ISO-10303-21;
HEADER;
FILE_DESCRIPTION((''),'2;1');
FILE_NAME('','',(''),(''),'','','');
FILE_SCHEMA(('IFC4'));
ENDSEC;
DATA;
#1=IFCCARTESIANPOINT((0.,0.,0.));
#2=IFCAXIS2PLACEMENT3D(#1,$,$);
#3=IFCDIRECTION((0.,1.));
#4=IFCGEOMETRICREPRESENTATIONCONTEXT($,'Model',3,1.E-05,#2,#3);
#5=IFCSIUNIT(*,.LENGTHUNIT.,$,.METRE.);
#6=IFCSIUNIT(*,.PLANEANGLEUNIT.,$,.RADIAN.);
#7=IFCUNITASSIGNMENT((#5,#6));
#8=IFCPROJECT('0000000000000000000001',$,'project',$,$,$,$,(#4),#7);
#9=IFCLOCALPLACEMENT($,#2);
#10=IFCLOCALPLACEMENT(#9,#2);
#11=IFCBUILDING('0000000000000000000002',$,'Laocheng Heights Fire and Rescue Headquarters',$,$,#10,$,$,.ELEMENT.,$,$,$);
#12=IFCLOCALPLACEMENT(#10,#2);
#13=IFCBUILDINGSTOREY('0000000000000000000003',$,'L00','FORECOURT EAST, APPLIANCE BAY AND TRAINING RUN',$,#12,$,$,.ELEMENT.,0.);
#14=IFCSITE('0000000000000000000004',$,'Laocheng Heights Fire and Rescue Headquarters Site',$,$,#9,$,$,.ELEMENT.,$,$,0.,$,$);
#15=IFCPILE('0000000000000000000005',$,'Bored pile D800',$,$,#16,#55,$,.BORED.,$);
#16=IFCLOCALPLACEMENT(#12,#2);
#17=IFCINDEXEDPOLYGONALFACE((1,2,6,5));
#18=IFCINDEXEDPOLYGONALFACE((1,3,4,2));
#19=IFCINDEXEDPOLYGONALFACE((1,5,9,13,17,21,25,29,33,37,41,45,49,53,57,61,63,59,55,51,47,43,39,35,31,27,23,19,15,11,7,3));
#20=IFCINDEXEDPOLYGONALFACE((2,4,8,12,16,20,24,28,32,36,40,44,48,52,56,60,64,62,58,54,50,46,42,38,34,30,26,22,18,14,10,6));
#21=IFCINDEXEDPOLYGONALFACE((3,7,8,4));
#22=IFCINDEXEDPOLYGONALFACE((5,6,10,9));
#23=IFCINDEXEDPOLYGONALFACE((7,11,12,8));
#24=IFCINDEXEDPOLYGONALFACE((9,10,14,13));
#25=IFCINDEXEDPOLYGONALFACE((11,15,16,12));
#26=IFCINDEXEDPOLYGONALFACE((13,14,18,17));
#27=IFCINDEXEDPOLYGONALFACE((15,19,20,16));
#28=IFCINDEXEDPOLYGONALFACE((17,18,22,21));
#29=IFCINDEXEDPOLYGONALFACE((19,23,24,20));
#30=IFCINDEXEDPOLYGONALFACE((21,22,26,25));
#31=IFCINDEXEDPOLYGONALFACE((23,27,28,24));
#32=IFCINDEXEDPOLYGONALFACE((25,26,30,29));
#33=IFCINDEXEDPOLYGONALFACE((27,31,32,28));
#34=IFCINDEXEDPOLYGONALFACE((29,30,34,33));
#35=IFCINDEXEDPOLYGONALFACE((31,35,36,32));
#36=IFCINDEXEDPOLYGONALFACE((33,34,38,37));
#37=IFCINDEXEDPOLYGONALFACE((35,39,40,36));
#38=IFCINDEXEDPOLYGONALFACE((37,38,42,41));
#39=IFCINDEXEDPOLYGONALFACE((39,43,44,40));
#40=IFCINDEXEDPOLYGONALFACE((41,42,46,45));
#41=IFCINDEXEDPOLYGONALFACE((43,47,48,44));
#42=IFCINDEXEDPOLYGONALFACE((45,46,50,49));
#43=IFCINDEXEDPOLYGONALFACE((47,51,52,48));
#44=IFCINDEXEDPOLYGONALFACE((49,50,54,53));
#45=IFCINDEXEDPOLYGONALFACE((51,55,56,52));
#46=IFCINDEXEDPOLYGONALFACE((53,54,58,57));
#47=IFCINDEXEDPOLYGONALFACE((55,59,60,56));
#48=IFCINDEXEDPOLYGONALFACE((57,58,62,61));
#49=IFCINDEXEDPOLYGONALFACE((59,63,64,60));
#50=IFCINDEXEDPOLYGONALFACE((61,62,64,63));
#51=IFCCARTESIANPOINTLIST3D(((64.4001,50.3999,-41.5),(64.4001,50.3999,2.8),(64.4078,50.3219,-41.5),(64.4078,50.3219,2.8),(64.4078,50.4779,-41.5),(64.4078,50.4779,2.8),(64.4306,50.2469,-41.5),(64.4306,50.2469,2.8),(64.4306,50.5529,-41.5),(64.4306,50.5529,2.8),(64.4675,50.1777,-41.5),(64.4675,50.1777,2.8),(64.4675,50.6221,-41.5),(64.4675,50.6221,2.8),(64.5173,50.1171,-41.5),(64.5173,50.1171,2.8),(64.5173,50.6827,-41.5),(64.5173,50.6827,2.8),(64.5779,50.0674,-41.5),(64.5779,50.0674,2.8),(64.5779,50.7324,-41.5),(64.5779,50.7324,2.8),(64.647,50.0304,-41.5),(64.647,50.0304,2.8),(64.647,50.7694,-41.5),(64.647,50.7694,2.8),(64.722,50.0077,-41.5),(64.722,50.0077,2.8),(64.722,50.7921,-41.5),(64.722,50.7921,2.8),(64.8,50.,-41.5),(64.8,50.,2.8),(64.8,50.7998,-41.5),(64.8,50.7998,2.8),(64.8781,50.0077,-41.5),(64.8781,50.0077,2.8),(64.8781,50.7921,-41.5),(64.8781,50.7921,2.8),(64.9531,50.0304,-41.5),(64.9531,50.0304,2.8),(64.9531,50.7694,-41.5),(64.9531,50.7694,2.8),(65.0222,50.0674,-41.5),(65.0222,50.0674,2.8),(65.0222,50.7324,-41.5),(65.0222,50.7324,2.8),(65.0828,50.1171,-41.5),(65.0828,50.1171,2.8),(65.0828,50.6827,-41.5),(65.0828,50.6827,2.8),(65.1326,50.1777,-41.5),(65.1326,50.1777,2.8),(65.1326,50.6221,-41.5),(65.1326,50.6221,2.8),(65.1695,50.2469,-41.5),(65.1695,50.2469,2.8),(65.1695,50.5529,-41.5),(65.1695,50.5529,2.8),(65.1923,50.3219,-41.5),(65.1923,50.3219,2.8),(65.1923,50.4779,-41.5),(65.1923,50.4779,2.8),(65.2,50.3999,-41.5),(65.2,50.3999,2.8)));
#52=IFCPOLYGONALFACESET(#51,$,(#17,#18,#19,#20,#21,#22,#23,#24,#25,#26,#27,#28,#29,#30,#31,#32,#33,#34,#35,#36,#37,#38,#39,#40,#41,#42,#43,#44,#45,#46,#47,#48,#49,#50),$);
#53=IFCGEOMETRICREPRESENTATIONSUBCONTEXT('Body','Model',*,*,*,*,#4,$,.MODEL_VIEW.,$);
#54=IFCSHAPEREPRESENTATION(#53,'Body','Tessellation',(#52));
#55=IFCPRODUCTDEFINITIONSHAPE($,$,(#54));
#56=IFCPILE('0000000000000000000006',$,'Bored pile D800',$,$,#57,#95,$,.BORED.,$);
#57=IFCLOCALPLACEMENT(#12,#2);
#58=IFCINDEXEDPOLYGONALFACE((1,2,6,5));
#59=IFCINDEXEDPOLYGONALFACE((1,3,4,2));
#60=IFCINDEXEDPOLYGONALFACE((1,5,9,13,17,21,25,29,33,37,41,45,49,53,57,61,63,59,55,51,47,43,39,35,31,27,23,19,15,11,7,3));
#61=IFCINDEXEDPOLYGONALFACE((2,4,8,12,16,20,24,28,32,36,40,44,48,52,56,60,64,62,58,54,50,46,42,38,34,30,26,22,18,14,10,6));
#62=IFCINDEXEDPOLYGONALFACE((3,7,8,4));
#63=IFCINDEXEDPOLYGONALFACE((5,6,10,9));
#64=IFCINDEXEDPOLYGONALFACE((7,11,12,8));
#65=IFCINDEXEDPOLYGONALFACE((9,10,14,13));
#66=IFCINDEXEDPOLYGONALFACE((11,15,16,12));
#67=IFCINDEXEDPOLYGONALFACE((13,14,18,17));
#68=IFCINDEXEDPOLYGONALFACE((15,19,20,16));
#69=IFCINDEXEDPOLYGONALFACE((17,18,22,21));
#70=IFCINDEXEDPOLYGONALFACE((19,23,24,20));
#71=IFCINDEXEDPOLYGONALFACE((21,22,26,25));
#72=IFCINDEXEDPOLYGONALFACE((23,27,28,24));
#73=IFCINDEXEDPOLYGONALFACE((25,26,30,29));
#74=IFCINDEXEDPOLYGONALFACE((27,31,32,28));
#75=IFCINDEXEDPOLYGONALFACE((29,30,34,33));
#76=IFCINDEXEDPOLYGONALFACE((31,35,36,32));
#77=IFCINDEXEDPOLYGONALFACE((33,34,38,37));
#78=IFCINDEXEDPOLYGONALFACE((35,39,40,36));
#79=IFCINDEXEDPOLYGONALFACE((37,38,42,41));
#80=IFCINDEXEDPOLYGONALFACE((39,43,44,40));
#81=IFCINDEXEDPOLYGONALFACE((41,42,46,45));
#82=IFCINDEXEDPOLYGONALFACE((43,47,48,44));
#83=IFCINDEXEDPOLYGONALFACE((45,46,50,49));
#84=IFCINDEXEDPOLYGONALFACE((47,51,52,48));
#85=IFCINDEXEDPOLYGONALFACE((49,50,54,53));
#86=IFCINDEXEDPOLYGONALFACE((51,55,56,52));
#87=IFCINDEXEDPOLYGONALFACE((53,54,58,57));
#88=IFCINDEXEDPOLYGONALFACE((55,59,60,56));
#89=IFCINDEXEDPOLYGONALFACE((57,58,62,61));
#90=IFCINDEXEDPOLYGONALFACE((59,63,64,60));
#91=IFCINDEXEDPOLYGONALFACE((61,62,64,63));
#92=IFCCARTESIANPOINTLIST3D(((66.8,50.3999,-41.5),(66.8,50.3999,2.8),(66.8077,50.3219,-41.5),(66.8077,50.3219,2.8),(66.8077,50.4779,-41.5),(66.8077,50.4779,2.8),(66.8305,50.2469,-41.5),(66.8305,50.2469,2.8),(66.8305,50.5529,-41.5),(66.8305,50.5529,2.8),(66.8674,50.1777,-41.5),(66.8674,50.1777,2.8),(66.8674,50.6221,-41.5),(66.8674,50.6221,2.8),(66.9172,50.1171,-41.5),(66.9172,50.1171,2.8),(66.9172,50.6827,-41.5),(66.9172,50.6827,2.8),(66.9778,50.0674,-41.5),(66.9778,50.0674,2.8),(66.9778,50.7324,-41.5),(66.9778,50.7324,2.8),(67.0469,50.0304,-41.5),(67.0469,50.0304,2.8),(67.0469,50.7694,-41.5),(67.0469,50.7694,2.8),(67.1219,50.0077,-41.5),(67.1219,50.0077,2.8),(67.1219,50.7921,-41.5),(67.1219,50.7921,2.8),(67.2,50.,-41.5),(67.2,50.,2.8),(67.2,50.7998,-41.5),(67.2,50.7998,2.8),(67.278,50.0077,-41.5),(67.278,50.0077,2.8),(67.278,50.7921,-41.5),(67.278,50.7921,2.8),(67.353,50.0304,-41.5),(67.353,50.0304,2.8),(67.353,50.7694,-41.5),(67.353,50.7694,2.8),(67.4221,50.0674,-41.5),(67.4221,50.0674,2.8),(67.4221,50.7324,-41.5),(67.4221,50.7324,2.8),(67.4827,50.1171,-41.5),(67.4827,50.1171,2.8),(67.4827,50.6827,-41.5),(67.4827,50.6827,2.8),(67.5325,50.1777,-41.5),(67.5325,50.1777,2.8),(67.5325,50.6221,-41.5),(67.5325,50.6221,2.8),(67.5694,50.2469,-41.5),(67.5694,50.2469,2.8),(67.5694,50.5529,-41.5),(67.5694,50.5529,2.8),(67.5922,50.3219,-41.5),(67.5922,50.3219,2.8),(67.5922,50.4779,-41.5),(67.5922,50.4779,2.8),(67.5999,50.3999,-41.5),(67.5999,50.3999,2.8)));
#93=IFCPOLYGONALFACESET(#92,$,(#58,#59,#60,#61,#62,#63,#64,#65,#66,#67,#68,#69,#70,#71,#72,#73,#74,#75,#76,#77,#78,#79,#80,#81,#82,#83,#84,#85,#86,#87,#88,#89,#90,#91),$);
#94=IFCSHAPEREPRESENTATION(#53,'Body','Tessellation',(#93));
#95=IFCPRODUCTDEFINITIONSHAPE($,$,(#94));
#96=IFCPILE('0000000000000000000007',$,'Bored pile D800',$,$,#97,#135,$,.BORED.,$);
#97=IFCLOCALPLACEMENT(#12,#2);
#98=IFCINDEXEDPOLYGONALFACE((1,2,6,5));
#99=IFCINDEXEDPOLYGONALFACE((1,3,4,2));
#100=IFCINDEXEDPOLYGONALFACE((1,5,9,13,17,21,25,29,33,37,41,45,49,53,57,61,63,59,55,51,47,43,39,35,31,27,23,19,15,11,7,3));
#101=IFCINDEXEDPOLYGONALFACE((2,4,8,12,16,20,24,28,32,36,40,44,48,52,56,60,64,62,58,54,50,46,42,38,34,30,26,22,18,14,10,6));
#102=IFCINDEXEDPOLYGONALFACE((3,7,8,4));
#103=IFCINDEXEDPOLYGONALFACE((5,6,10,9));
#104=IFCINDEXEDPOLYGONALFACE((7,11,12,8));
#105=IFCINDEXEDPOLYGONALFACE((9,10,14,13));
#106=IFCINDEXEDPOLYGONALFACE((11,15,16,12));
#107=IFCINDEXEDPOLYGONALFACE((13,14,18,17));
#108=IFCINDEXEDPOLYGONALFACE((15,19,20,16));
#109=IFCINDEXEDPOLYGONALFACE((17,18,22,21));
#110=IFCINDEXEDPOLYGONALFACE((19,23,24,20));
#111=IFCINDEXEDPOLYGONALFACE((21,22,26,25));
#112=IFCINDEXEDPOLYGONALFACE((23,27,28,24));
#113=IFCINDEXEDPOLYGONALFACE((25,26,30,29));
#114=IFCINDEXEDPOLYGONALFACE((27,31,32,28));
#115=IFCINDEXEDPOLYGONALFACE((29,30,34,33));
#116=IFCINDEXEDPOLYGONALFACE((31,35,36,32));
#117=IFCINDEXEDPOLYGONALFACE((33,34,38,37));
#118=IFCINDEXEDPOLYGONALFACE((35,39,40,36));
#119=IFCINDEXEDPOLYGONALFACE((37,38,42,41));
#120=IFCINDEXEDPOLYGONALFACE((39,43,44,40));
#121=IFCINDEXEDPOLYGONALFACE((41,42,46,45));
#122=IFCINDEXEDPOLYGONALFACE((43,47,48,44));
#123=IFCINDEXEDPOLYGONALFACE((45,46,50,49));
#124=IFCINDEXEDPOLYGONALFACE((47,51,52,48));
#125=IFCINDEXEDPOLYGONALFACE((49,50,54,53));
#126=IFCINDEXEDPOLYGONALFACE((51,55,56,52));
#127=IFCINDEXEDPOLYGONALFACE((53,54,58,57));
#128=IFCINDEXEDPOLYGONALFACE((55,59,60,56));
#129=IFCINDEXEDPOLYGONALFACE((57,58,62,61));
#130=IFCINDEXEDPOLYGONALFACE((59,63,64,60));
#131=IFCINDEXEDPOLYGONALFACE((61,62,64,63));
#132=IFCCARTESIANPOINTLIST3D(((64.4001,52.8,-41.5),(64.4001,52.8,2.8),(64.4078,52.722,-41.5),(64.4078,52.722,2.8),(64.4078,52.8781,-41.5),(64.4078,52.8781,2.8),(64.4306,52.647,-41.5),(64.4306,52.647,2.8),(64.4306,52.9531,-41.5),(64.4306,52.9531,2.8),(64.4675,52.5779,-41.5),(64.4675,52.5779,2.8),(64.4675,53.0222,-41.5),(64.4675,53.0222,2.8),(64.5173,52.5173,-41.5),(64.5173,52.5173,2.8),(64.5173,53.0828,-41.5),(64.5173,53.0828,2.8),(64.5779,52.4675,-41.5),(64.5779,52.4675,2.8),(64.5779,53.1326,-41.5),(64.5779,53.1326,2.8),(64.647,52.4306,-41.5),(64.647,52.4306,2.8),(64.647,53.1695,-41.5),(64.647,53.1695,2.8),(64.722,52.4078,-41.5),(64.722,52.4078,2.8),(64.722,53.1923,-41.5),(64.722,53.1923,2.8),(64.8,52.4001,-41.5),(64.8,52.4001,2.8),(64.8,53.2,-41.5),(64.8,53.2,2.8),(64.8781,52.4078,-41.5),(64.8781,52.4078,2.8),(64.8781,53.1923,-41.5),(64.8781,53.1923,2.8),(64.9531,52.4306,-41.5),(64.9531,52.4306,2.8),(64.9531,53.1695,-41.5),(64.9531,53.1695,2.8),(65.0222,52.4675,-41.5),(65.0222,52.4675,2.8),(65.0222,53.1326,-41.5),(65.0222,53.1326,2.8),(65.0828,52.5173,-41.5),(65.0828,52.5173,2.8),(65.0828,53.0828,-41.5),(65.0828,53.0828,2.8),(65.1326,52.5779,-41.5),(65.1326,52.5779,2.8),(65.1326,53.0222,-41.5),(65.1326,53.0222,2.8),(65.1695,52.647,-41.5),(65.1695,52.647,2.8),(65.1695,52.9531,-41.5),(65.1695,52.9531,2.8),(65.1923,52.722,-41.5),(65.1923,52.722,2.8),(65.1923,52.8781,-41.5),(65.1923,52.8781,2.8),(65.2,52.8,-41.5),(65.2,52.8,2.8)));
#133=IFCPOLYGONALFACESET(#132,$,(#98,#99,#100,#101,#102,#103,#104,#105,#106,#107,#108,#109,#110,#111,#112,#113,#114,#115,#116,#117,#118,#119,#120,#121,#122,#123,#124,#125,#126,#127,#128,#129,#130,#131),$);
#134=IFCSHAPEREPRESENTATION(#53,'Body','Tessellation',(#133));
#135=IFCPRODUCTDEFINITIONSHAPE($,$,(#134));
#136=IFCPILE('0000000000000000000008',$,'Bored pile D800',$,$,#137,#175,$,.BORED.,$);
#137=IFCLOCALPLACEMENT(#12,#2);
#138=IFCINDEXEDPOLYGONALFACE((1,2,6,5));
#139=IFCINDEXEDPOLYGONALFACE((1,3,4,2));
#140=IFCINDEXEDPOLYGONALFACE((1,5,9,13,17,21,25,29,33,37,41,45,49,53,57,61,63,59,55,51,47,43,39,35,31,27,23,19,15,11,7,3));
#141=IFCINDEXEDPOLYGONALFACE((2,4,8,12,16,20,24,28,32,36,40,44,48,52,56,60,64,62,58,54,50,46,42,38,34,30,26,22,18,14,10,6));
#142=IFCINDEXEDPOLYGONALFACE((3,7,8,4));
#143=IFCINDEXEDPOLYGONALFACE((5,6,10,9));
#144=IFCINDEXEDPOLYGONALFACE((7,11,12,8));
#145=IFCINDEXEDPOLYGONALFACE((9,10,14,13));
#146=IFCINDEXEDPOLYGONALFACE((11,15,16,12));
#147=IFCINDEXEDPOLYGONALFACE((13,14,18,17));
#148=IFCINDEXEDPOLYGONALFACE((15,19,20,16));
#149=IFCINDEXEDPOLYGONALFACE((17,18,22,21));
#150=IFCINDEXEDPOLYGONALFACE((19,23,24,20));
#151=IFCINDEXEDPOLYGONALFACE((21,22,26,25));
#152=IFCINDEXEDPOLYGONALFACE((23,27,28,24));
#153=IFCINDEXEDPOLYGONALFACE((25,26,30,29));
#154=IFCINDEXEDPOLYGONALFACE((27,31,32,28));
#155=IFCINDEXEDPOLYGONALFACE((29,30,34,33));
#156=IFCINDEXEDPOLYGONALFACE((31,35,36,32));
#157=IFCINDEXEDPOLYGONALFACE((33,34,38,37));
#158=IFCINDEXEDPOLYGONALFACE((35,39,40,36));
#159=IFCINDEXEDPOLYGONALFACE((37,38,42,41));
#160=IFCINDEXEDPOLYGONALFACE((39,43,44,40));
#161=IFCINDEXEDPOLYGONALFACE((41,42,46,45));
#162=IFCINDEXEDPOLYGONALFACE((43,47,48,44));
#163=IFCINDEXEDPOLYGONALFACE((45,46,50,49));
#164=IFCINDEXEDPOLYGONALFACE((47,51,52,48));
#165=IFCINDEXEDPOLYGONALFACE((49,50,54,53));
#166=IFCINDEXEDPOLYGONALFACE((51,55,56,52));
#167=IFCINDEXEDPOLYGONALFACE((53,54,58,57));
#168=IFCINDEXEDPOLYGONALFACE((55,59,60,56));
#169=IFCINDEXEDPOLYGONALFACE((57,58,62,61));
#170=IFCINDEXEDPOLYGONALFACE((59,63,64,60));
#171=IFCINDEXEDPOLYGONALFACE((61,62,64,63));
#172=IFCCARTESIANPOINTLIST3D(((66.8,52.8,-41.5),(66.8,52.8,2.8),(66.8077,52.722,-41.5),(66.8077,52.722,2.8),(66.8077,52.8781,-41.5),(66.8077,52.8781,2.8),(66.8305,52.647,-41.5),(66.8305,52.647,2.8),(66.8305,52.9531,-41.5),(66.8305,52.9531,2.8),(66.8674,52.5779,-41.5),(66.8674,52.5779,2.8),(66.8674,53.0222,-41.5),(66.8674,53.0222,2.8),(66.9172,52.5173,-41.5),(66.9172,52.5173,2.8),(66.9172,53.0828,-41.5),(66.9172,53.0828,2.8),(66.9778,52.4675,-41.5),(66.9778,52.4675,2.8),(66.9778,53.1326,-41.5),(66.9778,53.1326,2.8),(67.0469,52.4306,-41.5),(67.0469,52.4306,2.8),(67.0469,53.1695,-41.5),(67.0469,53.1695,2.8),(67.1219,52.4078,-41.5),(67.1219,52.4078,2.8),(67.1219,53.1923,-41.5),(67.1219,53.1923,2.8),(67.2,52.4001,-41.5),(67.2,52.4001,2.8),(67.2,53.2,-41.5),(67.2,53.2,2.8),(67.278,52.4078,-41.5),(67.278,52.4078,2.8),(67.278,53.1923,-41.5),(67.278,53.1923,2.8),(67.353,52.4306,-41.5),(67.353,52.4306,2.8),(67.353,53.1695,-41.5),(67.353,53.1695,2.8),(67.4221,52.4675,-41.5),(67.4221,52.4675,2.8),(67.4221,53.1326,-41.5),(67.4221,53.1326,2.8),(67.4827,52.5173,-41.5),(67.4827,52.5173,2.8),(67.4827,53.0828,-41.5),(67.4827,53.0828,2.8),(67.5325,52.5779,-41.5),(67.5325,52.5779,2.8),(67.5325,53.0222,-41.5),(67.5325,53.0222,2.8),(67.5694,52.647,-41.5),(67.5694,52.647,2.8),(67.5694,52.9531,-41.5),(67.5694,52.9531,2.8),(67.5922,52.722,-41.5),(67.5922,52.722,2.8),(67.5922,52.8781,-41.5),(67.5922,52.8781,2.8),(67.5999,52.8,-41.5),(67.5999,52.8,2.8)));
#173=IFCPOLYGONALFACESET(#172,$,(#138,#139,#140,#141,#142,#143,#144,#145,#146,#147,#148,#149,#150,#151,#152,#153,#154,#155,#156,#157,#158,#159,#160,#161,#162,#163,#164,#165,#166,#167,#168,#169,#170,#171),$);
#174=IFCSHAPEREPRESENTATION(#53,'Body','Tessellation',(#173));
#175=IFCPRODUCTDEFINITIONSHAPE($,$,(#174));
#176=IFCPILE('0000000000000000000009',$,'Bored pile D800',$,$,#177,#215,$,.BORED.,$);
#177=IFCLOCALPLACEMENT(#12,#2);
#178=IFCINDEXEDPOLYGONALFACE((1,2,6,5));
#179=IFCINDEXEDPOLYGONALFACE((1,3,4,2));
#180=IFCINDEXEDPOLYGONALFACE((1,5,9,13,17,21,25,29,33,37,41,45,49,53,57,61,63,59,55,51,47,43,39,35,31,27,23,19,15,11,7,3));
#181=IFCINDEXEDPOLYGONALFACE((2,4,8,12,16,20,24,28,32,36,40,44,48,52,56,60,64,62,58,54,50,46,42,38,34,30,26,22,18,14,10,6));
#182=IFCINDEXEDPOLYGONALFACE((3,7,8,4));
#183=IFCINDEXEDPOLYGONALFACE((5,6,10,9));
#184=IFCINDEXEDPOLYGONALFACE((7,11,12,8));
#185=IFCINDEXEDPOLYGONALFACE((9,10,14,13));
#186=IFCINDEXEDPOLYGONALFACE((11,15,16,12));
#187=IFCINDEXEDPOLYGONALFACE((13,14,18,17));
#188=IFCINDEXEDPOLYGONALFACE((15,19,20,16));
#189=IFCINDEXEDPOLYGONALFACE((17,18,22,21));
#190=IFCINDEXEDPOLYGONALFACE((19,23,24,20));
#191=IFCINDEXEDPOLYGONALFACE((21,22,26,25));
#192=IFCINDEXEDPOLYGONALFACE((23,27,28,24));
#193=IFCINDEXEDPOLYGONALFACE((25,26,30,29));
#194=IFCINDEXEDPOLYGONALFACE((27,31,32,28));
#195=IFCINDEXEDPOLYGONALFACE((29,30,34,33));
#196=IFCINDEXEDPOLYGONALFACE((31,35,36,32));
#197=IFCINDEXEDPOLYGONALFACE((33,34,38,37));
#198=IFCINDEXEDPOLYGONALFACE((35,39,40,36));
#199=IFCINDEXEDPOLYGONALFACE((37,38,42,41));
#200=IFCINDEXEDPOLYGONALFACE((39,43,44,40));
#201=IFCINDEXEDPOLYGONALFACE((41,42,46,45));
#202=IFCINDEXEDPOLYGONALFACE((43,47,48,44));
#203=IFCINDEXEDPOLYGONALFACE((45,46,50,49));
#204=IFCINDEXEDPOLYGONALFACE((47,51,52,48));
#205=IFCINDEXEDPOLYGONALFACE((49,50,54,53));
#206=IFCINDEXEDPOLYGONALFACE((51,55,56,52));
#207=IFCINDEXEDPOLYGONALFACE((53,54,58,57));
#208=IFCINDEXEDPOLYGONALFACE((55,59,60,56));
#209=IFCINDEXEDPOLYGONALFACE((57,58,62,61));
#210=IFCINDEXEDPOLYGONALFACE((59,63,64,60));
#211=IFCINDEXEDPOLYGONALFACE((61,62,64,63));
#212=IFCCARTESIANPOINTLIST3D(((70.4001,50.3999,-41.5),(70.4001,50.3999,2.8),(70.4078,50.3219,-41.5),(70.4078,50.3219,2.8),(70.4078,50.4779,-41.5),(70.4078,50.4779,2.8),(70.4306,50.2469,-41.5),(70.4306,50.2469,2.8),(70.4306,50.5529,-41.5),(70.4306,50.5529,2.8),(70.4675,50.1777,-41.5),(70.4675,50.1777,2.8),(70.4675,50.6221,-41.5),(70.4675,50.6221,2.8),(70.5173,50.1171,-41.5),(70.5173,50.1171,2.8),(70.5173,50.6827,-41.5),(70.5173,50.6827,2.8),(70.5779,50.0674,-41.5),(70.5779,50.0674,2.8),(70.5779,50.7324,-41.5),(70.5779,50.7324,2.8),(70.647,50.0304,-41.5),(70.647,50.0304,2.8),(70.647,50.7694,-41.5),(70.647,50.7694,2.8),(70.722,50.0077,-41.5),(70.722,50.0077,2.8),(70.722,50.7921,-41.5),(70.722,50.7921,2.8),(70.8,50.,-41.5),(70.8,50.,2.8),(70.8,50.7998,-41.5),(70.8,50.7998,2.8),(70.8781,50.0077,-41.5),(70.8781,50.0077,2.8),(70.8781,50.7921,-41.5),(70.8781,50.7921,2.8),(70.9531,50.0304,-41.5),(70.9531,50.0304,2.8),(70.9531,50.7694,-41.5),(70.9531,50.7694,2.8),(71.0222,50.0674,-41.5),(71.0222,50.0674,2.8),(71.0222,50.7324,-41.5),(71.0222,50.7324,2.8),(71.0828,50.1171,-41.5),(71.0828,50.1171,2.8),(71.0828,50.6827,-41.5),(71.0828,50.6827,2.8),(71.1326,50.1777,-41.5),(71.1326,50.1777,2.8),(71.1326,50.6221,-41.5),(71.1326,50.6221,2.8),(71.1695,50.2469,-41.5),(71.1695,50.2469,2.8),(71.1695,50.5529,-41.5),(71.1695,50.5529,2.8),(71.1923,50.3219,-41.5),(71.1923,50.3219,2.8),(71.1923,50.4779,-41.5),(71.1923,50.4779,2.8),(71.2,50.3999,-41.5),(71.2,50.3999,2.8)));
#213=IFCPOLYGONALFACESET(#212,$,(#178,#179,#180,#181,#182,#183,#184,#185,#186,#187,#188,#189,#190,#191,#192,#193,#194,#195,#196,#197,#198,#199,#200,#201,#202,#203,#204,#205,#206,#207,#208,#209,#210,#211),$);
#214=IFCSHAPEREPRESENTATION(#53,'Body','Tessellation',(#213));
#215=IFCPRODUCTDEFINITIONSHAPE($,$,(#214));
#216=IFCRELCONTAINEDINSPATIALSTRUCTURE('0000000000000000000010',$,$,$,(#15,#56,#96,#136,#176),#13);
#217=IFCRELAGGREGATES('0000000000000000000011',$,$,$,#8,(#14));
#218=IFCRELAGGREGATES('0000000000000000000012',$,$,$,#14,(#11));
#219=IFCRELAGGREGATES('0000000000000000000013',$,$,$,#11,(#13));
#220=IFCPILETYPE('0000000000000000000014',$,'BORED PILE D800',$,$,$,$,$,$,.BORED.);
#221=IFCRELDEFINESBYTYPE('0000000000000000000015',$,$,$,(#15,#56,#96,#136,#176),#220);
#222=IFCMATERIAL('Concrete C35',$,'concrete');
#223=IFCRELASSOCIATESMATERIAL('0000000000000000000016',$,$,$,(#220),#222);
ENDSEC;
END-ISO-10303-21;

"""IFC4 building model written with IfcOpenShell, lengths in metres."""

from ifc_helpers import new_model, si_unit, direction, frame, origin, origin_2d, place, context, subcontext, project, spatial, circle, extrude, material, material_profile, profile_set, type_object, element, save


model = new_model("IFC4")

# Units and contexts
model_context = context("Model", 3, precision=1e-05, world=origin(), true_north=direction((0.0, 1.0)))
body_context = subcontext(model_context, "Body", "Model", "MODEL_VIEW")
ifc_project = project(units=[si_unit("LENGTHUNIT", "METRE"), si_unit("PLANEANGLEUNIT", "RADIAN")], contexts=[model_context])

# Site, building, storey
site_placement = place(None, origin())
site = spatial("IfcSite", under=ifc_project, at=site_placement, Name="Laocheng Heights Fire and Rescue Headquarters Site", CompositionType="ELEMENT", RefElevation=0.0)
building_placement = place(site_placement, origin())
building = spatial("IfcBuilding", under=site, at=building_placement, Name="Laocheng Heights Fire and Rescue Headquarters", CompositionType="ELEMENT")
storey_placement = place(building_placement, origin())
storey = spatial("IfcBuildingStorey", under=building, at=storey_placement, Name="L00", Description="FORECOURT EAST, APPLIANCE BAY AND TRAINING RUN", CompositionType="ELEMENT", Elevation=0.0)

# Piles
ifc_material_1 = material(Name="Concrete C35", Category="concrete")
ifc_material_profile_1 = material_profile(ifc_material_1, circle(Radius=0.3999, at=origin_2d()), Name="BORED PILE D800")
ifc_profile_set_1 = profile_set([ifc_material_profile_1], Name="Concrete C35")
pile_type = type_object("IfcPileType", Name="BORED PILE D800", PredefinedType="BORED", material=ifc_profile_set_1)
for number, where, z_axis, x_axis, name in (
    (1, (64.8, 50.3999, 2.8), (0.0, 0.0, -1.0), (1.0, 0.0, 0.0), "Bored pile D800"),
    (2, (67.2, 50.3999, 2.8), (0.0, 0.0, -1.0), (1.0, 0.0, 0.0), "Bored pile D800"),
    (3, (64.8, 52.8, 2.8), (0.0, 0.0, -1.0), (1.0, 0.0, 0.0), "Bored pile D800"),
    (4, (67.2, 52.8, 2.8), (0.0, 0.0, -1.0), (1.0, 0.0, 0.0), "Bored pile D800"),
    (5, (70.8, 50.3999, 2.8), (0.0, 0.0, -1.0), (1.0, 0.0, 0.0), "Bored pile D800"),
):
    element("IfcPile", number, at=place(storey_placement, frame(where, z_axis=z_axis, x_axis=x_axis)), inside=storey, type_object=pile_type, Name=name, PredefinedType="BORED", context=body_context, shape_type="SweptSolid", body=[
        extrude(circle(Radius=0.3999, at=origin_2d()), origin(), (0.0, 0.0, 1.0), 44.3),
    ])

save(model, "model.ifc")
